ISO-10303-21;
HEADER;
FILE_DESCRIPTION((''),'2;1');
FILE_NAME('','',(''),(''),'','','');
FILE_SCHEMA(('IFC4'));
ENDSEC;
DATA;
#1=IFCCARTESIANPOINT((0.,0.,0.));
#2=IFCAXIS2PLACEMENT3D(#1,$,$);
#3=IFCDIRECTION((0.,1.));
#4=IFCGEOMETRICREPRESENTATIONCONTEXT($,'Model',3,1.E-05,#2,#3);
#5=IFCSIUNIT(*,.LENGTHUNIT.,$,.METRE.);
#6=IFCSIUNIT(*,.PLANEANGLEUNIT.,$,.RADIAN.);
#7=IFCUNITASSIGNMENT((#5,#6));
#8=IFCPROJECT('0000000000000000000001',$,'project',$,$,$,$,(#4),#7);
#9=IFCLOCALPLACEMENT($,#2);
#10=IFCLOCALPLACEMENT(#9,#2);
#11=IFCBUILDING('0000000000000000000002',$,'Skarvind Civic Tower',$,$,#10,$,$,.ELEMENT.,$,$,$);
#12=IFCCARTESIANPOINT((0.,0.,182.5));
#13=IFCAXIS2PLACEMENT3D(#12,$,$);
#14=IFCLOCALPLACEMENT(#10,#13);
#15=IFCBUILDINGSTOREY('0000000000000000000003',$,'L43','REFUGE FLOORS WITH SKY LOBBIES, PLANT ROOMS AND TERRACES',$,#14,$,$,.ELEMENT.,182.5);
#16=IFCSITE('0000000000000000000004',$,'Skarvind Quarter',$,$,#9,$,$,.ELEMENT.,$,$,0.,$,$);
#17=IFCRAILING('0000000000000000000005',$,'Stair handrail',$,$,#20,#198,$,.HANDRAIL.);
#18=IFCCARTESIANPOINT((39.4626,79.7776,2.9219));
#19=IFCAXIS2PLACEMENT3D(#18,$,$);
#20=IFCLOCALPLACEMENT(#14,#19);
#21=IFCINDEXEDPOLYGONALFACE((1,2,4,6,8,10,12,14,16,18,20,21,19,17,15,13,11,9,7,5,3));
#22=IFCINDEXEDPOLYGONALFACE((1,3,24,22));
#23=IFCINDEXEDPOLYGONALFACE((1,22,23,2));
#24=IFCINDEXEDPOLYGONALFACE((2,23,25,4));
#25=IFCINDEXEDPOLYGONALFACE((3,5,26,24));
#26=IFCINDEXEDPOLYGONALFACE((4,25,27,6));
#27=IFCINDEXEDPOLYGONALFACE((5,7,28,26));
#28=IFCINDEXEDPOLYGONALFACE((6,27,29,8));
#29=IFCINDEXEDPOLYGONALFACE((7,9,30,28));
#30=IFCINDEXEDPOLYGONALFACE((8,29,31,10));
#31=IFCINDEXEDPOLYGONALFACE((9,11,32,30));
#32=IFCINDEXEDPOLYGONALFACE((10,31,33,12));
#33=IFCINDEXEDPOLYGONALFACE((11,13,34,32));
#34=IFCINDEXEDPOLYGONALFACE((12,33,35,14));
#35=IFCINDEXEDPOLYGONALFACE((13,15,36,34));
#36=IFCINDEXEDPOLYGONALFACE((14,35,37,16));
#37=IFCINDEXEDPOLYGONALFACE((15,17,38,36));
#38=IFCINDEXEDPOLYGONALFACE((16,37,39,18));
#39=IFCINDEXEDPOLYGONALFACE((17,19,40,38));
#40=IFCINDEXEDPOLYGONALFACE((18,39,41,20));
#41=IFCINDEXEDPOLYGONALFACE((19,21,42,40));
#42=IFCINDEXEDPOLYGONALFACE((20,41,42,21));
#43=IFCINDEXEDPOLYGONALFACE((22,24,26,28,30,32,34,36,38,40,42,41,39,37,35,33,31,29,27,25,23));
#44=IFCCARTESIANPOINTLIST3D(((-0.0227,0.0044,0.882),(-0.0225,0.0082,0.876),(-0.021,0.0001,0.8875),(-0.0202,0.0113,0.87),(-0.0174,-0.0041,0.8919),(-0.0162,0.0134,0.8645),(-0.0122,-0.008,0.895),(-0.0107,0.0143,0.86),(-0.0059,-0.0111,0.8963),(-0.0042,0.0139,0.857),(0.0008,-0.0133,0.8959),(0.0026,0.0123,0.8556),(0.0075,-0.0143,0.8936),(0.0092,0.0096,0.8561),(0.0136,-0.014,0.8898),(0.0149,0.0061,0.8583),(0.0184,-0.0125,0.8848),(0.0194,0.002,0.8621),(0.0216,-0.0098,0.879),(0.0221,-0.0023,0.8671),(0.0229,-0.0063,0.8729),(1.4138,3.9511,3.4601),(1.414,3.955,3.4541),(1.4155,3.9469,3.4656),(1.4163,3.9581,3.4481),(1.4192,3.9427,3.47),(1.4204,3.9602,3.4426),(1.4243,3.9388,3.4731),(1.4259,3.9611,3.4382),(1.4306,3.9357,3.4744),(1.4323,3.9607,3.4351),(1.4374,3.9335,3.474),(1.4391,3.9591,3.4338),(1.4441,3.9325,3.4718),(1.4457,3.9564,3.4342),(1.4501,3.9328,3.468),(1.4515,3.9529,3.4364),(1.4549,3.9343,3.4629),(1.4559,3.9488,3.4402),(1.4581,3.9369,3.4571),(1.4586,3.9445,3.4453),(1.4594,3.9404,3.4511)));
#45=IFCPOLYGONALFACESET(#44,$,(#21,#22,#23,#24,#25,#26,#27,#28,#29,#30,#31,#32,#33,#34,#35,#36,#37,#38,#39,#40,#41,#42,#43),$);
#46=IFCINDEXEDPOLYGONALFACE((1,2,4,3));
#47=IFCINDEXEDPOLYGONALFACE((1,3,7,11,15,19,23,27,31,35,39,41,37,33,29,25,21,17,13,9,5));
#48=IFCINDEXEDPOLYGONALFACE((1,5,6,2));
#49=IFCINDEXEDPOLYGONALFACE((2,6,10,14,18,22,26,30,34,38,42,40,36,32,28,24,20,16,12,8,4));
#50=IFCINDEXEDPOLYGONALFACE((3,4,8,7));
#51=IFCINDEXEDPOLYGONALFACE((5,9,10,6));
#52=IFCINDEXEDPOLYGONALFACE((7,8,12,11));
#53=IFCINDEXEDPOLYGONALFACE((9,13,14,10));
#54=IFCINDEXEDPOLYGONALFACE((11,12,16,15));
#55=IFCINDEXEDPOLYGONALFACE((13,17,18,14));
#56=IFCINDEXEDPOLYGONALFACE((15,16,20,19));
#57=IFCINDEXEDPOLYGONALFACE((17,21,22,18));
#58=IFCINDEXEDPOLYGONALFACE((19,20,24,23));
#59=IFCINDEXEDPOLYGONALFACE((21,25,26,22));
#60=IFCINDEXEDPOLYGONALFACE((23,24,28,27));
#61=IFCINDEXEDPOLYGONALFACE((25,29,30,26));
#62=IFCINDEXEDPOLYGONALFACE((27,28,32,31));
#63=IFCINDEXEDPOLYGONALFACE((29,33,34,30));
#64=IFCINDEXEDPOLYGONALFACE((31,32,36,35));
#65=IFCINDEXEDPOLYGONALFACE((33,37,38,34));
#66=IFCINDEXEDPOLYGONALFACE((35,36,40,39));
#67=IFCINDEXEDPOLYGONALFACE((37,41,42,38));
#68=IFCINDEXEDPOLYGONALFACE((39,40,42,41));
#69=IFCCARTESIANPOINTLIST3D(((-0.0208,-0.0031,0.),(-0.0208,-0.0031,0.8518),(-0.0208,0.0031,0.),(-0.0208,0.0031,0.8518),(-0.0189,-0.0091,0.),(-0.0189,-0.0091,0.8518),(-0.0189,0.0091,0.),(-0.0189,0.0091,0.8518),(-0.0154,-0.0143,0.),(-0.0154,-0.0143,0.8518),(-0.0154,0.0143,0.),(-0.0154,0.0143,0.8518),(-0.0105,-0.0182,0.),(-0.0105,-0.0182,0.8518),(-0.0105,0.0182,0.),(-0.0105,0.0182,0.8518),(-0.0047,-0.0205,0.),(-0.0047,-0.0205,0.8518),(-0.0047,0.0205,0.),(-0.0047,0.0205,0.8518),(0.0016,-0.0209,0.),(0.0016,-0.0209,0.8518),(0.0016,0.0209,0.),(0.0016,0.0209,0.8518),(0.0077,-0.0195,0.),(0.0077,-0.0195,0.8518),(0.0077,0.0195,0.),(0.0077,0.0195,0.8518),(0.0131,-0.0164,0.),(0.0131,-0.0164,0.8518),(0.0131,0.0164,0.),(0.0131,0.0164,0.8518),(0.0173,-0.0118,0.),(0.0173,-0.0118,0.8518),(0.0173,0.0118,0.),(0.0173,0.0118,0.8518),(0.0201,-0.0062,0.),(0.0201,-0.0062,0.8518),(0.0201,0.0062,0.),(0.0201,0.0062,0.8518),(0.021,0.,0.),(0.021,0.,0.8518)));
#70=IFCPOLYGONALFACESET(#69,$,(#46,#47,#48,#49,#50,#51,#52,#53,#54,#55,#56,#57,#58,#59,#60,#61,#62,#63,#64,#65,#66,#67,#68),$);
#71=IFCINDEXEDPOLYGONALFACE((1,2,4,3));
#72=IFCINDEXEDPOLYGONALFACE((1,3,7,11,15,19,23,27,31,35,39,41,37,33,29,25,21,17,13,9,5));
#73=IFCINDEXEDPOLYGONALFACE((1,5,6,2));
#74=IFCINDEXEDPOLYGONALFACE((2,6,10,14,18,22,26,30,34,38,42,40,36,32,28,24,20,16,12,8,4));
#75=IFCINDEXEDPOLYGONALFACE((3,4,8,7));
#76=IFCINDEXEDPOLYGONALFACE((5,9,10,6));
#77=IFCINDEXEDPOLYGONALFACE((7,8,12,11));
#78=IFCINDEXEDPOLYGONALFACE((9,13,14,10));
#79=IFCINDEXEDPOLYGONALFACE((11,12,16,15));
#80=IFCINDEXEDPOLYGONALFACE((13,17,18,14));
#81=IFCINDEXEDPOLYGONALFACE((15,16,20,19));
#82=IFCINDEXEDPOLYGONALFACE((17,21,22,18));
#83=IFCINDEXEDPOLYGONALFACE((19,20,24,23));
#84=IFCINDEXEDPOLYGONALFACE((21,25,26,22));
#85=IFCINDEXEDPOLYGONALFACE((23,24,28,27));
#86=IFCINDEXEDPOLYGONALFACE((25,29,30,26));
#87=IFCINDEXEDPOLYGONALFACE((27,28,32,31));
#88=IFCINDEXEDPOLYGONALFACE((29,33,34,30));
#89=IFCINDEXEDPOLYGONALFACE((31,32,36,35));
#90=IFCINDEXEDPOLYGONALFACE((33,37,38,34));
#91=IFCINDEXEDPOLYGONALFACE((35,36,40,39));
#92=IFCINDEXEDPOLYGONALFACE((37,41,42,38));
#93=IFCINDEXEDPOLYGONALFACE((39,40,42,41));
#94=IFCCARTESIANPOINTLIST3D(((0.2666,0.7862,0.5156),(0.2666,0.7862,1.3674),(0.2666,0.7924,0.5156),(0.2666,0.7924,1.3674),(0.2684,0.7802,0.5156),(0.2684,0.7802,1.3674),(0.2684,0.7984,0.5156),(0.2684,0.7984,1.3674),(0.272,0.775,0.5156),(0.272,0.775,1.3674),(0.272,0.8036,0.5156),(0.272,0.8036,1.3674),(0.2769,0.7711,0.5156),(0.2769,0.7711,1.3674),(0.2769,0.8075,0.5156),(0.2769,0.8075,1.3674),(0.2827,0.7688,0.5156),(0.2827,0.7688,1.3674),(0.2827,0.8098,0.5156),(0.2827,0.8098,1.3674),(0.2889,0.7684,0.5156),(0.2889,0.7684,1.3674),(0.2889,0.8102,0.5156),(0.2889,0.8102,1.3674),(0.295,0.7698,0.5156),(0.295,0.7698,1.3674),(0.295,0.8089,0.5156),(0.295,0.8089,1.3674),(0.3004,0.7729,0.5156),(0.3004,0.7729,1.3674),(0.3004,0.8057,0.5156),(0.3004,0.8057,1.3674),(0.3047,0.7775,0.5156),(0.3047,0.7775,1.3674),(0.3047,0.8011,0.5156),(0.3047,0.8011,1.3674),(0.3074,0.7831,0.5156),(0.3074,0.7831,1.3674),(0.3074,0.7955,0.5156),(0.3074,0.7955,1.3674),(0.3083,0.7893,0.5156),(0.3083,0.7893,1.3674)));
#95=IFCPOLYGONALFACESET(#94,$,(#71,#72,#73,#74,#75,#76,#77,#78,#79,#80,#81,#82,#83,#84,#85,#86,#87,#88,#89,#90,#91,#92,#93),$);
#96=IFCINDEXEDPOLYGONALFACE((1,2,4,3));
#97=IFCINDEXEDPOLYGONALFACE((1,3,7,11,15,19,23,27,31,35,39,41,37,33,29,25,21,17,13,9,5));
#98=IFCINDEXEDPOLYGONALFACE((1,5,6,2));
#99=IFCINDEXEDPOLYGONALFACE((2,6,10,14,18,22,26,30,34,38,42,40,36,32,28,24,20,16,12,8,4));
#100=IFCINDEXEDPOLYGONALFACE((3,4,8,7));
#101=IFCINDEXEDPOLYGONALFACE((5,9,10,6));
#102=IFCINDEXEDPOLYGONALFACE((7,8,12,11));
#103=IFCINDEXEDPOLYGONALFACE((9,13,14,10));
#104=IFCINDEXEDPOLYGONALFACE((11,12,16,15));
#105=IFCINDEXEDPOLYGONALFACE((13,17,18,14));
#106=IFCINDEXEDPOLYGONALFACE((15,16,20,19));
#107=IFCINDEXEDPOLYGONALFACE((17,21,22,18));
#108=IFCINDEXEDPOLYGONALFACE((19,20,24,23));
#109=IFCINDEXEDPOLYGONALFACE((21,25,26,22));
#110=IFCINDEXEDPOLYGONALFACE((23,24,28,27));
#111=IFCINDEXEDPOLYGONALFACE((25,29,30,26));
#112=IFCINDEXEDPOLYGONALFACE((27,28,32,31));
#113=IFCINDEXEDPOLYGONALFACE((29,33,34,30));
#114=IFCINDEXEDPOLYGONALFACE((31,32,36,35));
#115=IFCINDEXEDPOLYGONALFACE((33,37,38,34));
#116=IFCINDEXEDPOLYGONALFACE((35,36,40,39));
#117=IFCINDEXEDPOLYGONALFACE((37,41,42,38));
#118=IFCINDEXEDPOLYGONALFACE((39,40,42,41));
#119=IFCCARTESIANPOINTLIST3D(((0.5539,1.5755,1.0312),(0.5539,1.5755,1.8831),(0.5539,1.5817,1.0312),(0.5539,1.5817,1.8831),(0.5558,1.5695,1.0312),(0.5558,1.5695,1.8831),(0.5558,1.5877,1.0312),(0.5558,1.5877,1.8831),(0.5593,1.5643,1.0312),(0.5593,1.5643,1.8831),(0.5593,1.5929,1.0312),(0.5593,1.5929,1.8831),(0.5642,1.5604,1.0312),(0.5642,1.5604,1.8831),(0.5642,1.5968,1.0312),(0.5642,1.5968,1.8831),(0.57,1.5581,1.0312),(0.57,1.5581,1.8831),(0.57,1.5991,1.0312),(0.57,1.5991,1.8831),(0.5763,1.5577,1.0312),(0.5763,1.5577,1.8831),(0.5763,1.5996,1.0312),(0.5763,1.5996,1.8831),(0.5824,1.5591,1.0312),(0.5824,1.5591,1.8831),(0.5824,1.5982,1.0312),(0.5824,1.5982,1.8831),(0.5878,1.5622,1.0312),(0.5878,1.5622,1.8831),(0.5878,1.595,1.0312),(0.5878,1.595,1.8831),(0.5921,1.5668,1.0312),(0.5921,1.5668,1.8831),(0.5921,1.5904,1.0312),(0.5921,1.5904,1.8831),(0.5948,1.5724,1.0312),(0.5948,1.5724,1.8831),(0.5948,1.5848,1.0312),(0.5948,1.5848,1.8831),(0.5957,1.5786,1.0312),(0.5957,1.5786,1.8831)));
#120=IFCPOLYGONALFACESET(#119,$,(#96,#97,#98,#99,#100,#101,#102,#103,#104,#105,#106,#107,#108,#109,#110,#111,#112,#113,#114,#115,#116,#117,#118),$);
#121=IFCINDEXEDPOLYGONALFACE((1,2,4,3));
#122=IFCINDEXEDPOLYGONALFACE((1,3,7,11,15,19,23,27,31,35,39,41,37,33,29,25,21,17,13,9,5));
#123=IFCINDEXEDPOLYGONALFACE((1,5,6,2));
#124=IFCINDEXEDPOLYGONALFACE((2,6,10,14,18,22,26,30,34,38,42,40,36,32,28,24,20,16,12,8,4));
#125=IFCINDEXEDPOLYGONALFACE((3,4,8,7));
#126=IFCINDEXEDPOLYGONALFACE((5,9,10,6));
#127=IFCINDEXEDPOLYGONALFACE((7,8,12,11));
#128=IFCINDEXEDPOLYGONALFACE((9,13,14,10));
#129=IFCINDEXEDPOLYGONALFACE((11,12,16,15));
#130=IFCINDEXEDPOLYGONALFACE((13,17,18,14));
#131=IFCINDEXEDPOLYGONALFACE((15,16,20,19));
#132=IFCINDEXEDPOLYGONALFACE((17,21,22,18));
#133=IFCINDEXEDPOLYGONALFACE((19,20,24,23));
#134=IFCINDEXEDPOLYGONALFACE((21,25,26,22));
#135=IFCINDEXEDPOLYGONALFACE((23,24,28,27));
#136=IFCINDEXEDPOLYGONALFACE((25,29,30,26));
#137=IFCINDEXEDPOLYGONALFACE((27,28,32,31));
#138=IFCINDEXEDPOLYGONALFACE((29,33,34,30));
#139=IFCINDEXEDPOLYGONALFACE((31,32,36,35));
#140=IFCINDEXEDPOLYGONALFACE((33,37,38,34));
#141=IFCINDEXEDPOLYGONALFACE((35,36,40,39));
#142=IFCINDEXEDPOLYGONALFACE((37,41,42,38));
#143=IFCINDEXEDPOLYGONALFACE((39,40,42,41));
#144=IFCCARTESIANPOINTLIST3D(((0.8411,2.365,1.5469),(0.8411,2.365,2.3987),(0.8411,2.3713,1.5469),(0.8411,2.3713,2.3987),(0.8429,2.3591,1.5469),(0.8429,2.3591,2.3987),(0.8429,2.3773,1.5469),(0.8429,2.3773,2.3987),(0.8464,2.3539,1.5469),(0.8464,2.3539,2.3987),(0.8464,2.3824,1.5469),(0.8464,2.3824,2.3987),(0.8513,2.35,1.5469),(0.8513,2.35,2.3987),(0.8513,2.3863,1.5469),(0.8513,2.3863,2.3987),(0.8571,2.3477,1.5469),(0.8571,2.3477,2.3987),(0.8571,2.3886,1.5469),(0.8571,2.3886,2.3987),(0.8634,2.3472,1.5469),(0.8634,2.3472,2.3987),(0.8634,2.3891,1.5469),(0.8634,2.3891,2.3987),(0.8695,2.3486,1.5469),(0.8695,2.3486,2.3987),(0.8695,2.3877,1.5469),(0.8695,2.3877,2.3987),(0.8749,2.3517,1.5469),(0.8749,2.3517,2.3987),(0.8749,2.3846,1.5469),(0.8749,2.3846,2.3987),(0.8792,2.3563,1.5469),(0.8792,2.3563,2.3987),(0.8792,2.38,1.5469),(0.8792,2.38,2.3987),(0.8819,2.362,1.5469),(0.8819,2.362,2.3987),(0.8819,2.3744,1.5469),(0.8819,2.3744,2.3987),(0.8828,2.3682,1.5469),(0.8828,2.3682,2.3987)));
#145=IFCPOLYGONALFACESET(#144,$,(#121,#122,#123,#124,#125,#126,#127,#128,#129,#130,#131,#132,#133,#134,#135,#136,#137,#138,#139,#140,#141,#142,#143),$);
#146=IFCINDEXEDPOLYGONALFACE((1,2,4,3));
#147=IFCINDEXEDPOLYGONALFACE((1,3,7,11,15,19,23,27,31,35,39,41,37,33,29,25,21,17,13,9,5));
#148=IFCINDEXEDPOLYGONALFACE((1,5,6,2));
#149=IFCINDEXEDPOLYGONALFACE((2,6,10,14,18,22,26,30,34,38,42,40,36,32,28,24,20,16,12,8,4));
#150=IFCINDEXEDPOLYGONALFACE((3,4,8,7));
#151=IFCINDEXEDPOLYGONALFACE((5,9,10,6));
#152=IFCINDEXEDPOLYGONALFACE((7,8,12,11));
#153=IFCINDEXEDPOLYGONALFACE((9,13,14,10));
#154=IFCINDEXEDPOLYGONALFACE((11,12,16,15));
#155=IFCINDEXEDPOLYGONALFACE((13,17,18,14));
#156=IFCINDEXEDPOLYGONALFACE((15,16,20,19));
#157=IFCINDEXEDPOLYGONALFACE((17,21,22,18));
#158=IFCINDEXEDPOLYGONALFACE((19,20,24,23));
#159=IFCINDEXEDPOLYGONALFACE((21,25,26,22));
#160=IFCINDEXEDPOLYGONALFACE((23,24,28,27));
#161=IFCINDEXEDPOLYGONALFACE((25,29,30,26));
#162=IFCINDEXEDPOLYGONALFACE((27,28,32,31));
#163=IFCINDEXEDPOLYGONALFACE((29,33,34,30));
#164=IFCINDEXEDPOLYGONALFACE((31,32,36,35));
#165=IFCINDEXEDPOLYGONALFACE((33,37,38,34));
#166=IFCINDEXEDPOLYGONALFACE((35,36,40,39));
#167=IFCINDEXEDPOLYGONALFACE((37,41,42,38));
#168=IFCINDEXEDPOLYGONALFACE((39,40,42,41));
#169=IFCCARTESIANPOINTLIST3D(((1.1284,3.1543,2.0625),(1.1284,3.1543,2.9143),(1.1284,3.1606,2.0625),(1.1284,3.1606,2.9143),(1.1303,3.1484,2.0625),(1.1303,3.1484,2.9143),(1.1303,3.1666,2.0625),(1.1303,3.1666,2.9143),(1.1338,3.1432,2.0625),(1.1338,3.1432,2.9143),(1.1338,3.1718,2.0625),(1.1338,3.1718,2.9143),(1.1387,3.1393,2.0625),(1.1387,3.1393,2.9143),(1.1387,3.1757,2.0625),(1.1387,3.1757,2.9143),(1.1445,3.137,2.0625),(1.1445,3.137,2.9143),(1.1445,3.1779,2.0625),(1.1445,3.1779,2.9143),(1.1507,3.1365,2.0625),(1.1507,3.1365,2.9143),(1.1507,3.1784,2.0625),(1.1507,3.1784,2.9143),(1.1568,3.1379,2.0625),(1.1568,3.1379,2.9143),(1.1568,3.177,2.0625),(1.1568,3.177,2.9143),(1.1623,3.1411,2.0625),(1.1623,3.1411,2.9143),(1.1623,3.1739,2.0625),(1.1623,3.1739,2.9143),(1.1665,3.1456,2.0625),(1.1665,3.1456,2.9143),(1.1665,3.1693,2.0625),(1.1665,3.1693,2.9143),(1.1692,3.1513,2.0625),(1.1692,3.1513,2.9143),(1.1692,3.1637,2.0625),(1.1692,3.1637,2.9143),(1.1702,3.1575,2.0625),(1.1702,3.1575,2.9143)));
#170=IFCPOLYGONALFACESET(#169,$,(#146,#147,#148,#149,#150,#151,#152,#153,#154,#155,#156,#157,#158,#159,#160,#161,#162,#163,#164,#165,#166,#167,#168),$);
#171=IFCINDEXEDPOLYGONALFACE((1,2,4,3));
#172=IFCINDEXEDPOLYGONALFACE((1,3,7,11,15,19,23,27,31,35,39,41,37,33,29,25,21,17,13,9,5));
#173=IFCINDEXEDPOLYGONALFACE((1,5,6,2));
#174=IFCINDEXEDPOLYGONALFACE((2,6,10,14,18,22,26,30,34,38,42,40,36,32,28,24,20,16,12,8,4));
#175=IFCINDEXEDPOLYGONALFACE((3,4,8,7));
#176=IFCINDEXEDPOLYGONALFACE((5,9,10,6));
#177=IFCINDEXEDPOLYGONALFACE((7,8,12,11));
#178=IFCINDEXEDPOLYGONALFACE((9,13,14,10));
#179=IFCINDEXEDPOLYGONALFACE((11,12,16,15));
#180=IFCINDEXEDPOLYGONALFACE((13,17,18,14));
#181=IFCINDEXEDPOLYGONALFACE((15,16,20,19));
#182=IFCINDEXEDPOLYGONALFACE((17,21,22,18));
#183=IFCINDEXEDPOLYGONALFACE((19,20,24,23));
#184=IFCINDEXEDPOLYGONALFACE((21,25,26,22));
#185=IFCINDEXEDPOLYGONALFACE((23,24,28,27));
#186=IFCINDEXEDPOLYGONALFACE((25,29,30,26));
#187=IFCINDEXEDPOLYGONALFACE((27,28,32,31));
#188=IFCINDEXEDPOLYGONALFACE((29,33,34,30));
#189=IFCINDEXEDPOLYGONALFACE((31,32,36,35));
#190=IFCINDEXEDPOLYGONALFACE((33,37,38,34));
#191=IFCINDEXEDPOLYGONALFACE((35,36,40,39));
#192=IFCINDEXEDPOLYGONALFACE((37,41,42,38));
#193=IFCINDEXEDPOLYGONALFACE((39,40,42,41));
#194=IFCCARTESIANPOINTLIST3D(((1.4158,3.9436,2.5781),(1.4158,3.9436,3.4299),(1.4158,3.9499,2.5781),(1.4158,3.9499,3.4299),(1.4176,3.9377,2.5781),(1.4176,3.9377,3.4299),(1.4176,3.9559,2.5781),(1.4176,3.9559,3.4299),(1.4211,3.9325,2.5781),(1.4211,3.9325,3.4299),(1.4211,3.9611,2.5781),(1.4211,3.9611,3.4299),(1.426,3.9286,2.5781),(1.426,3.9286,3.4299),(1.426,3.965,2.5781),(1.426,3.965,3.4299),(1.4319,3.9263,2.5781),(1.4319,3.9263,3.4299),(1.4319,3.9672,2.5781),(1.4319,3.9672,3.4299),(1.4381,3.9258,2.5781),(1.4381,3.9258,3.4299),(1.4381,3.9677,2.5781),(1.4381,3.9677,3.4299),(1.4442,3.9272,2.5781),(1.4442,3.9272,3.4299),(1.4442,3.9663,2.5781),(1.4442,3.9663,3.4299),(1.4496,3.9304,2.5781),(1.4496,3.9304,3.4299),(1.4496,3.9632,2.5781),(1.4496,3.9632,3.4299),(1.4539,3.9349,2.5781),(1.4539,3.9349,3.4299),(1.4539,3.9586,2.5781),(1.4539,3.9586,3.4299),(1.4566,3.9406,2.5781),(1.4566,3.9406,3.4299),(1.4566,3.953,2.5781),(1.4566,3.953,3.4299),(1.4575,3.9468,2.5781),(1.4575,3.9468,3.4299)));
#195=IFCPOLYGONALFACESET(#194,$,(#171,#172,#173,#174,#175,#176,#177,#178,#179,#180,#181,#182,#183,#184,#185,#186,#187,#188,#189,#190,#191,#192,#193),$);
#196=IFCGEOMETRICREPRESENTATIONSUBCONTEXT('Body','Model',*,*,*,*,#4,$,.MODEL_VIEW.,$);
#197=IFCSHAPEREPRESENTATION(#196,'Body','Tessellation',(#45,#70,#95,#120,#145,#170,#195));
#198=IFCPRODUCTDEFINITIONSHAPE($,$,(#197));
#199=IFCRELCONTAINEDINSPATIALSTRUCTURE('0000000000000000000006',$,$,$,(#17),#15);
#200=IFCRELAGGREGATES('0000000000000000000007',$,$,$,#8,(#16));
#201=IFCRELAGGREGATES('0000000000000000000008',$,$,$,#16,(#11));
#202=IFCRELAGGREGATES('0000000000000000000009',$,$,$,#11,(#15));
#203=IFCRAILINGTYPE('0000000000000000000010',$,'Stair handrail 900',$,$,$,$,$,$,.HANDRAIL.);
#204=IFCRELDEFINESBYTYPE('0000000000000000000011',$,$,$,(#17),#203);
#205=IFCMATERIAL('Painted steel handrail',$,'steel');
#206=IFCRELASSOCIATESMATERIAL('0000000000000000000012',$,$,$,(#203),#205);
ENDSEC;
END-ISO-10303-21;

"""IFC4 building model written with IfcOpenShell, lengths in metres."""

from ifc_helpers import new_model, si_unit, direction, frame, origin, origin_2d, place, context, subcontext, project, spatial, circle, extrude, material, type_object, element, save


model = new_model("IFC4")

# Units and contexts
model_context = context("Model", 3, precision=1e-05, world=origin(), true_north=direction((0.0, 1.0)))
body_context = subcontext(model_context, "Body", "Model", "MODEL_VIEW")
ifc_project = project(units=[si_unit("LENGTHUNIT", "METRE"), si_unit("PLANEANGLEUNIT", "RADIAN")], contexts=[model_context])

# Site, building, storey
site_placement = place(None, origin())
site = spatial("IfcSite", under=ifc_project, at=site_placement, Name="Skarvind Quarter", CompositionType="ELEMENT", RefElevation=0.0)
building_placement = place(site_placement, origin())
building = spatial("IfcBuilding", under=site, at=building_placement, Name="Skarvind Civic Tower", CompositionType="ELEMENT")
storey_placement = place(building_placement, frame((0.0, 0.0, 182.5)))
storey = spatial("IfcBuildingStorey", under=building, at=storey_placement, Name="L43", Description="REFUGE FLOORS WITH SKY LOBBIES, PLANT ROOMS AND TERRACES", CompositionType="ELEMENT", Elevation=182.5)

# Railing
ifc_material_1 = material(Name="Painted steel handrail", Category="steel")
railing_type = type_object("IfcRailingType", Name="Stair handrail 900", PredefinedType="HANDRAIL", material=ifc_material_1)
railing_1_placement = place(storey_placement, frame((39.4626, 79.7776, 2.9219)))
element("IfcRailing", 1, at=railing_1_placement, inside=storey, type_object=railing_type, Name="Stair handrail", PredefinedType="HANDRAIL", context=body_context, shape_type="SweptSolid", body=[
    extrude(circle(Radius=0.0239, at=origin_2d()), frame((0.0, 0.0, 0.876), z_axis=(0.291489, 0.800852, 0.523135), x_axis=(-0.939692, 0.342023, 0.0)), (0.0, 0.0, 1.0), 4.9282),
    extrude(circle(Radius=0.021, at=origin_2d()), origin(), (0.0, 0.0, 1.0), 0.8518),
    extrude(circle(Radius=0.021, at=origin_2d()), frame((0.2874, 0.7893, 0.5156)), (0.0, 0.0, 1.0), 0.8518),
    extrude(circle(Radius=0.021, at=origin_2d()), frame((0.5747, 1.5786, 1.0312)), (0.0, 0.0, 1.0), 0.8518),
    extrude(circle(Radius=0.021, at=origin_2d()), frame((0.8618, 2.3682, 1.5469)), (0.0, 0.0, 1.0), 0.8518),
    extrude(circle(Radius=0.021, at=origin_2d()), frame((1.1492, 3.1575, 2.0625)), (0.0, 0.0, 1.0), 0.8518),
    extrude(circle(Radius=0.021, at=origin_2d()), frame((1.4365, 3.9468, 2.5781)), (0.0, 0.0, 1.0), 0.8518),
])

save(model, "model.ifc")
